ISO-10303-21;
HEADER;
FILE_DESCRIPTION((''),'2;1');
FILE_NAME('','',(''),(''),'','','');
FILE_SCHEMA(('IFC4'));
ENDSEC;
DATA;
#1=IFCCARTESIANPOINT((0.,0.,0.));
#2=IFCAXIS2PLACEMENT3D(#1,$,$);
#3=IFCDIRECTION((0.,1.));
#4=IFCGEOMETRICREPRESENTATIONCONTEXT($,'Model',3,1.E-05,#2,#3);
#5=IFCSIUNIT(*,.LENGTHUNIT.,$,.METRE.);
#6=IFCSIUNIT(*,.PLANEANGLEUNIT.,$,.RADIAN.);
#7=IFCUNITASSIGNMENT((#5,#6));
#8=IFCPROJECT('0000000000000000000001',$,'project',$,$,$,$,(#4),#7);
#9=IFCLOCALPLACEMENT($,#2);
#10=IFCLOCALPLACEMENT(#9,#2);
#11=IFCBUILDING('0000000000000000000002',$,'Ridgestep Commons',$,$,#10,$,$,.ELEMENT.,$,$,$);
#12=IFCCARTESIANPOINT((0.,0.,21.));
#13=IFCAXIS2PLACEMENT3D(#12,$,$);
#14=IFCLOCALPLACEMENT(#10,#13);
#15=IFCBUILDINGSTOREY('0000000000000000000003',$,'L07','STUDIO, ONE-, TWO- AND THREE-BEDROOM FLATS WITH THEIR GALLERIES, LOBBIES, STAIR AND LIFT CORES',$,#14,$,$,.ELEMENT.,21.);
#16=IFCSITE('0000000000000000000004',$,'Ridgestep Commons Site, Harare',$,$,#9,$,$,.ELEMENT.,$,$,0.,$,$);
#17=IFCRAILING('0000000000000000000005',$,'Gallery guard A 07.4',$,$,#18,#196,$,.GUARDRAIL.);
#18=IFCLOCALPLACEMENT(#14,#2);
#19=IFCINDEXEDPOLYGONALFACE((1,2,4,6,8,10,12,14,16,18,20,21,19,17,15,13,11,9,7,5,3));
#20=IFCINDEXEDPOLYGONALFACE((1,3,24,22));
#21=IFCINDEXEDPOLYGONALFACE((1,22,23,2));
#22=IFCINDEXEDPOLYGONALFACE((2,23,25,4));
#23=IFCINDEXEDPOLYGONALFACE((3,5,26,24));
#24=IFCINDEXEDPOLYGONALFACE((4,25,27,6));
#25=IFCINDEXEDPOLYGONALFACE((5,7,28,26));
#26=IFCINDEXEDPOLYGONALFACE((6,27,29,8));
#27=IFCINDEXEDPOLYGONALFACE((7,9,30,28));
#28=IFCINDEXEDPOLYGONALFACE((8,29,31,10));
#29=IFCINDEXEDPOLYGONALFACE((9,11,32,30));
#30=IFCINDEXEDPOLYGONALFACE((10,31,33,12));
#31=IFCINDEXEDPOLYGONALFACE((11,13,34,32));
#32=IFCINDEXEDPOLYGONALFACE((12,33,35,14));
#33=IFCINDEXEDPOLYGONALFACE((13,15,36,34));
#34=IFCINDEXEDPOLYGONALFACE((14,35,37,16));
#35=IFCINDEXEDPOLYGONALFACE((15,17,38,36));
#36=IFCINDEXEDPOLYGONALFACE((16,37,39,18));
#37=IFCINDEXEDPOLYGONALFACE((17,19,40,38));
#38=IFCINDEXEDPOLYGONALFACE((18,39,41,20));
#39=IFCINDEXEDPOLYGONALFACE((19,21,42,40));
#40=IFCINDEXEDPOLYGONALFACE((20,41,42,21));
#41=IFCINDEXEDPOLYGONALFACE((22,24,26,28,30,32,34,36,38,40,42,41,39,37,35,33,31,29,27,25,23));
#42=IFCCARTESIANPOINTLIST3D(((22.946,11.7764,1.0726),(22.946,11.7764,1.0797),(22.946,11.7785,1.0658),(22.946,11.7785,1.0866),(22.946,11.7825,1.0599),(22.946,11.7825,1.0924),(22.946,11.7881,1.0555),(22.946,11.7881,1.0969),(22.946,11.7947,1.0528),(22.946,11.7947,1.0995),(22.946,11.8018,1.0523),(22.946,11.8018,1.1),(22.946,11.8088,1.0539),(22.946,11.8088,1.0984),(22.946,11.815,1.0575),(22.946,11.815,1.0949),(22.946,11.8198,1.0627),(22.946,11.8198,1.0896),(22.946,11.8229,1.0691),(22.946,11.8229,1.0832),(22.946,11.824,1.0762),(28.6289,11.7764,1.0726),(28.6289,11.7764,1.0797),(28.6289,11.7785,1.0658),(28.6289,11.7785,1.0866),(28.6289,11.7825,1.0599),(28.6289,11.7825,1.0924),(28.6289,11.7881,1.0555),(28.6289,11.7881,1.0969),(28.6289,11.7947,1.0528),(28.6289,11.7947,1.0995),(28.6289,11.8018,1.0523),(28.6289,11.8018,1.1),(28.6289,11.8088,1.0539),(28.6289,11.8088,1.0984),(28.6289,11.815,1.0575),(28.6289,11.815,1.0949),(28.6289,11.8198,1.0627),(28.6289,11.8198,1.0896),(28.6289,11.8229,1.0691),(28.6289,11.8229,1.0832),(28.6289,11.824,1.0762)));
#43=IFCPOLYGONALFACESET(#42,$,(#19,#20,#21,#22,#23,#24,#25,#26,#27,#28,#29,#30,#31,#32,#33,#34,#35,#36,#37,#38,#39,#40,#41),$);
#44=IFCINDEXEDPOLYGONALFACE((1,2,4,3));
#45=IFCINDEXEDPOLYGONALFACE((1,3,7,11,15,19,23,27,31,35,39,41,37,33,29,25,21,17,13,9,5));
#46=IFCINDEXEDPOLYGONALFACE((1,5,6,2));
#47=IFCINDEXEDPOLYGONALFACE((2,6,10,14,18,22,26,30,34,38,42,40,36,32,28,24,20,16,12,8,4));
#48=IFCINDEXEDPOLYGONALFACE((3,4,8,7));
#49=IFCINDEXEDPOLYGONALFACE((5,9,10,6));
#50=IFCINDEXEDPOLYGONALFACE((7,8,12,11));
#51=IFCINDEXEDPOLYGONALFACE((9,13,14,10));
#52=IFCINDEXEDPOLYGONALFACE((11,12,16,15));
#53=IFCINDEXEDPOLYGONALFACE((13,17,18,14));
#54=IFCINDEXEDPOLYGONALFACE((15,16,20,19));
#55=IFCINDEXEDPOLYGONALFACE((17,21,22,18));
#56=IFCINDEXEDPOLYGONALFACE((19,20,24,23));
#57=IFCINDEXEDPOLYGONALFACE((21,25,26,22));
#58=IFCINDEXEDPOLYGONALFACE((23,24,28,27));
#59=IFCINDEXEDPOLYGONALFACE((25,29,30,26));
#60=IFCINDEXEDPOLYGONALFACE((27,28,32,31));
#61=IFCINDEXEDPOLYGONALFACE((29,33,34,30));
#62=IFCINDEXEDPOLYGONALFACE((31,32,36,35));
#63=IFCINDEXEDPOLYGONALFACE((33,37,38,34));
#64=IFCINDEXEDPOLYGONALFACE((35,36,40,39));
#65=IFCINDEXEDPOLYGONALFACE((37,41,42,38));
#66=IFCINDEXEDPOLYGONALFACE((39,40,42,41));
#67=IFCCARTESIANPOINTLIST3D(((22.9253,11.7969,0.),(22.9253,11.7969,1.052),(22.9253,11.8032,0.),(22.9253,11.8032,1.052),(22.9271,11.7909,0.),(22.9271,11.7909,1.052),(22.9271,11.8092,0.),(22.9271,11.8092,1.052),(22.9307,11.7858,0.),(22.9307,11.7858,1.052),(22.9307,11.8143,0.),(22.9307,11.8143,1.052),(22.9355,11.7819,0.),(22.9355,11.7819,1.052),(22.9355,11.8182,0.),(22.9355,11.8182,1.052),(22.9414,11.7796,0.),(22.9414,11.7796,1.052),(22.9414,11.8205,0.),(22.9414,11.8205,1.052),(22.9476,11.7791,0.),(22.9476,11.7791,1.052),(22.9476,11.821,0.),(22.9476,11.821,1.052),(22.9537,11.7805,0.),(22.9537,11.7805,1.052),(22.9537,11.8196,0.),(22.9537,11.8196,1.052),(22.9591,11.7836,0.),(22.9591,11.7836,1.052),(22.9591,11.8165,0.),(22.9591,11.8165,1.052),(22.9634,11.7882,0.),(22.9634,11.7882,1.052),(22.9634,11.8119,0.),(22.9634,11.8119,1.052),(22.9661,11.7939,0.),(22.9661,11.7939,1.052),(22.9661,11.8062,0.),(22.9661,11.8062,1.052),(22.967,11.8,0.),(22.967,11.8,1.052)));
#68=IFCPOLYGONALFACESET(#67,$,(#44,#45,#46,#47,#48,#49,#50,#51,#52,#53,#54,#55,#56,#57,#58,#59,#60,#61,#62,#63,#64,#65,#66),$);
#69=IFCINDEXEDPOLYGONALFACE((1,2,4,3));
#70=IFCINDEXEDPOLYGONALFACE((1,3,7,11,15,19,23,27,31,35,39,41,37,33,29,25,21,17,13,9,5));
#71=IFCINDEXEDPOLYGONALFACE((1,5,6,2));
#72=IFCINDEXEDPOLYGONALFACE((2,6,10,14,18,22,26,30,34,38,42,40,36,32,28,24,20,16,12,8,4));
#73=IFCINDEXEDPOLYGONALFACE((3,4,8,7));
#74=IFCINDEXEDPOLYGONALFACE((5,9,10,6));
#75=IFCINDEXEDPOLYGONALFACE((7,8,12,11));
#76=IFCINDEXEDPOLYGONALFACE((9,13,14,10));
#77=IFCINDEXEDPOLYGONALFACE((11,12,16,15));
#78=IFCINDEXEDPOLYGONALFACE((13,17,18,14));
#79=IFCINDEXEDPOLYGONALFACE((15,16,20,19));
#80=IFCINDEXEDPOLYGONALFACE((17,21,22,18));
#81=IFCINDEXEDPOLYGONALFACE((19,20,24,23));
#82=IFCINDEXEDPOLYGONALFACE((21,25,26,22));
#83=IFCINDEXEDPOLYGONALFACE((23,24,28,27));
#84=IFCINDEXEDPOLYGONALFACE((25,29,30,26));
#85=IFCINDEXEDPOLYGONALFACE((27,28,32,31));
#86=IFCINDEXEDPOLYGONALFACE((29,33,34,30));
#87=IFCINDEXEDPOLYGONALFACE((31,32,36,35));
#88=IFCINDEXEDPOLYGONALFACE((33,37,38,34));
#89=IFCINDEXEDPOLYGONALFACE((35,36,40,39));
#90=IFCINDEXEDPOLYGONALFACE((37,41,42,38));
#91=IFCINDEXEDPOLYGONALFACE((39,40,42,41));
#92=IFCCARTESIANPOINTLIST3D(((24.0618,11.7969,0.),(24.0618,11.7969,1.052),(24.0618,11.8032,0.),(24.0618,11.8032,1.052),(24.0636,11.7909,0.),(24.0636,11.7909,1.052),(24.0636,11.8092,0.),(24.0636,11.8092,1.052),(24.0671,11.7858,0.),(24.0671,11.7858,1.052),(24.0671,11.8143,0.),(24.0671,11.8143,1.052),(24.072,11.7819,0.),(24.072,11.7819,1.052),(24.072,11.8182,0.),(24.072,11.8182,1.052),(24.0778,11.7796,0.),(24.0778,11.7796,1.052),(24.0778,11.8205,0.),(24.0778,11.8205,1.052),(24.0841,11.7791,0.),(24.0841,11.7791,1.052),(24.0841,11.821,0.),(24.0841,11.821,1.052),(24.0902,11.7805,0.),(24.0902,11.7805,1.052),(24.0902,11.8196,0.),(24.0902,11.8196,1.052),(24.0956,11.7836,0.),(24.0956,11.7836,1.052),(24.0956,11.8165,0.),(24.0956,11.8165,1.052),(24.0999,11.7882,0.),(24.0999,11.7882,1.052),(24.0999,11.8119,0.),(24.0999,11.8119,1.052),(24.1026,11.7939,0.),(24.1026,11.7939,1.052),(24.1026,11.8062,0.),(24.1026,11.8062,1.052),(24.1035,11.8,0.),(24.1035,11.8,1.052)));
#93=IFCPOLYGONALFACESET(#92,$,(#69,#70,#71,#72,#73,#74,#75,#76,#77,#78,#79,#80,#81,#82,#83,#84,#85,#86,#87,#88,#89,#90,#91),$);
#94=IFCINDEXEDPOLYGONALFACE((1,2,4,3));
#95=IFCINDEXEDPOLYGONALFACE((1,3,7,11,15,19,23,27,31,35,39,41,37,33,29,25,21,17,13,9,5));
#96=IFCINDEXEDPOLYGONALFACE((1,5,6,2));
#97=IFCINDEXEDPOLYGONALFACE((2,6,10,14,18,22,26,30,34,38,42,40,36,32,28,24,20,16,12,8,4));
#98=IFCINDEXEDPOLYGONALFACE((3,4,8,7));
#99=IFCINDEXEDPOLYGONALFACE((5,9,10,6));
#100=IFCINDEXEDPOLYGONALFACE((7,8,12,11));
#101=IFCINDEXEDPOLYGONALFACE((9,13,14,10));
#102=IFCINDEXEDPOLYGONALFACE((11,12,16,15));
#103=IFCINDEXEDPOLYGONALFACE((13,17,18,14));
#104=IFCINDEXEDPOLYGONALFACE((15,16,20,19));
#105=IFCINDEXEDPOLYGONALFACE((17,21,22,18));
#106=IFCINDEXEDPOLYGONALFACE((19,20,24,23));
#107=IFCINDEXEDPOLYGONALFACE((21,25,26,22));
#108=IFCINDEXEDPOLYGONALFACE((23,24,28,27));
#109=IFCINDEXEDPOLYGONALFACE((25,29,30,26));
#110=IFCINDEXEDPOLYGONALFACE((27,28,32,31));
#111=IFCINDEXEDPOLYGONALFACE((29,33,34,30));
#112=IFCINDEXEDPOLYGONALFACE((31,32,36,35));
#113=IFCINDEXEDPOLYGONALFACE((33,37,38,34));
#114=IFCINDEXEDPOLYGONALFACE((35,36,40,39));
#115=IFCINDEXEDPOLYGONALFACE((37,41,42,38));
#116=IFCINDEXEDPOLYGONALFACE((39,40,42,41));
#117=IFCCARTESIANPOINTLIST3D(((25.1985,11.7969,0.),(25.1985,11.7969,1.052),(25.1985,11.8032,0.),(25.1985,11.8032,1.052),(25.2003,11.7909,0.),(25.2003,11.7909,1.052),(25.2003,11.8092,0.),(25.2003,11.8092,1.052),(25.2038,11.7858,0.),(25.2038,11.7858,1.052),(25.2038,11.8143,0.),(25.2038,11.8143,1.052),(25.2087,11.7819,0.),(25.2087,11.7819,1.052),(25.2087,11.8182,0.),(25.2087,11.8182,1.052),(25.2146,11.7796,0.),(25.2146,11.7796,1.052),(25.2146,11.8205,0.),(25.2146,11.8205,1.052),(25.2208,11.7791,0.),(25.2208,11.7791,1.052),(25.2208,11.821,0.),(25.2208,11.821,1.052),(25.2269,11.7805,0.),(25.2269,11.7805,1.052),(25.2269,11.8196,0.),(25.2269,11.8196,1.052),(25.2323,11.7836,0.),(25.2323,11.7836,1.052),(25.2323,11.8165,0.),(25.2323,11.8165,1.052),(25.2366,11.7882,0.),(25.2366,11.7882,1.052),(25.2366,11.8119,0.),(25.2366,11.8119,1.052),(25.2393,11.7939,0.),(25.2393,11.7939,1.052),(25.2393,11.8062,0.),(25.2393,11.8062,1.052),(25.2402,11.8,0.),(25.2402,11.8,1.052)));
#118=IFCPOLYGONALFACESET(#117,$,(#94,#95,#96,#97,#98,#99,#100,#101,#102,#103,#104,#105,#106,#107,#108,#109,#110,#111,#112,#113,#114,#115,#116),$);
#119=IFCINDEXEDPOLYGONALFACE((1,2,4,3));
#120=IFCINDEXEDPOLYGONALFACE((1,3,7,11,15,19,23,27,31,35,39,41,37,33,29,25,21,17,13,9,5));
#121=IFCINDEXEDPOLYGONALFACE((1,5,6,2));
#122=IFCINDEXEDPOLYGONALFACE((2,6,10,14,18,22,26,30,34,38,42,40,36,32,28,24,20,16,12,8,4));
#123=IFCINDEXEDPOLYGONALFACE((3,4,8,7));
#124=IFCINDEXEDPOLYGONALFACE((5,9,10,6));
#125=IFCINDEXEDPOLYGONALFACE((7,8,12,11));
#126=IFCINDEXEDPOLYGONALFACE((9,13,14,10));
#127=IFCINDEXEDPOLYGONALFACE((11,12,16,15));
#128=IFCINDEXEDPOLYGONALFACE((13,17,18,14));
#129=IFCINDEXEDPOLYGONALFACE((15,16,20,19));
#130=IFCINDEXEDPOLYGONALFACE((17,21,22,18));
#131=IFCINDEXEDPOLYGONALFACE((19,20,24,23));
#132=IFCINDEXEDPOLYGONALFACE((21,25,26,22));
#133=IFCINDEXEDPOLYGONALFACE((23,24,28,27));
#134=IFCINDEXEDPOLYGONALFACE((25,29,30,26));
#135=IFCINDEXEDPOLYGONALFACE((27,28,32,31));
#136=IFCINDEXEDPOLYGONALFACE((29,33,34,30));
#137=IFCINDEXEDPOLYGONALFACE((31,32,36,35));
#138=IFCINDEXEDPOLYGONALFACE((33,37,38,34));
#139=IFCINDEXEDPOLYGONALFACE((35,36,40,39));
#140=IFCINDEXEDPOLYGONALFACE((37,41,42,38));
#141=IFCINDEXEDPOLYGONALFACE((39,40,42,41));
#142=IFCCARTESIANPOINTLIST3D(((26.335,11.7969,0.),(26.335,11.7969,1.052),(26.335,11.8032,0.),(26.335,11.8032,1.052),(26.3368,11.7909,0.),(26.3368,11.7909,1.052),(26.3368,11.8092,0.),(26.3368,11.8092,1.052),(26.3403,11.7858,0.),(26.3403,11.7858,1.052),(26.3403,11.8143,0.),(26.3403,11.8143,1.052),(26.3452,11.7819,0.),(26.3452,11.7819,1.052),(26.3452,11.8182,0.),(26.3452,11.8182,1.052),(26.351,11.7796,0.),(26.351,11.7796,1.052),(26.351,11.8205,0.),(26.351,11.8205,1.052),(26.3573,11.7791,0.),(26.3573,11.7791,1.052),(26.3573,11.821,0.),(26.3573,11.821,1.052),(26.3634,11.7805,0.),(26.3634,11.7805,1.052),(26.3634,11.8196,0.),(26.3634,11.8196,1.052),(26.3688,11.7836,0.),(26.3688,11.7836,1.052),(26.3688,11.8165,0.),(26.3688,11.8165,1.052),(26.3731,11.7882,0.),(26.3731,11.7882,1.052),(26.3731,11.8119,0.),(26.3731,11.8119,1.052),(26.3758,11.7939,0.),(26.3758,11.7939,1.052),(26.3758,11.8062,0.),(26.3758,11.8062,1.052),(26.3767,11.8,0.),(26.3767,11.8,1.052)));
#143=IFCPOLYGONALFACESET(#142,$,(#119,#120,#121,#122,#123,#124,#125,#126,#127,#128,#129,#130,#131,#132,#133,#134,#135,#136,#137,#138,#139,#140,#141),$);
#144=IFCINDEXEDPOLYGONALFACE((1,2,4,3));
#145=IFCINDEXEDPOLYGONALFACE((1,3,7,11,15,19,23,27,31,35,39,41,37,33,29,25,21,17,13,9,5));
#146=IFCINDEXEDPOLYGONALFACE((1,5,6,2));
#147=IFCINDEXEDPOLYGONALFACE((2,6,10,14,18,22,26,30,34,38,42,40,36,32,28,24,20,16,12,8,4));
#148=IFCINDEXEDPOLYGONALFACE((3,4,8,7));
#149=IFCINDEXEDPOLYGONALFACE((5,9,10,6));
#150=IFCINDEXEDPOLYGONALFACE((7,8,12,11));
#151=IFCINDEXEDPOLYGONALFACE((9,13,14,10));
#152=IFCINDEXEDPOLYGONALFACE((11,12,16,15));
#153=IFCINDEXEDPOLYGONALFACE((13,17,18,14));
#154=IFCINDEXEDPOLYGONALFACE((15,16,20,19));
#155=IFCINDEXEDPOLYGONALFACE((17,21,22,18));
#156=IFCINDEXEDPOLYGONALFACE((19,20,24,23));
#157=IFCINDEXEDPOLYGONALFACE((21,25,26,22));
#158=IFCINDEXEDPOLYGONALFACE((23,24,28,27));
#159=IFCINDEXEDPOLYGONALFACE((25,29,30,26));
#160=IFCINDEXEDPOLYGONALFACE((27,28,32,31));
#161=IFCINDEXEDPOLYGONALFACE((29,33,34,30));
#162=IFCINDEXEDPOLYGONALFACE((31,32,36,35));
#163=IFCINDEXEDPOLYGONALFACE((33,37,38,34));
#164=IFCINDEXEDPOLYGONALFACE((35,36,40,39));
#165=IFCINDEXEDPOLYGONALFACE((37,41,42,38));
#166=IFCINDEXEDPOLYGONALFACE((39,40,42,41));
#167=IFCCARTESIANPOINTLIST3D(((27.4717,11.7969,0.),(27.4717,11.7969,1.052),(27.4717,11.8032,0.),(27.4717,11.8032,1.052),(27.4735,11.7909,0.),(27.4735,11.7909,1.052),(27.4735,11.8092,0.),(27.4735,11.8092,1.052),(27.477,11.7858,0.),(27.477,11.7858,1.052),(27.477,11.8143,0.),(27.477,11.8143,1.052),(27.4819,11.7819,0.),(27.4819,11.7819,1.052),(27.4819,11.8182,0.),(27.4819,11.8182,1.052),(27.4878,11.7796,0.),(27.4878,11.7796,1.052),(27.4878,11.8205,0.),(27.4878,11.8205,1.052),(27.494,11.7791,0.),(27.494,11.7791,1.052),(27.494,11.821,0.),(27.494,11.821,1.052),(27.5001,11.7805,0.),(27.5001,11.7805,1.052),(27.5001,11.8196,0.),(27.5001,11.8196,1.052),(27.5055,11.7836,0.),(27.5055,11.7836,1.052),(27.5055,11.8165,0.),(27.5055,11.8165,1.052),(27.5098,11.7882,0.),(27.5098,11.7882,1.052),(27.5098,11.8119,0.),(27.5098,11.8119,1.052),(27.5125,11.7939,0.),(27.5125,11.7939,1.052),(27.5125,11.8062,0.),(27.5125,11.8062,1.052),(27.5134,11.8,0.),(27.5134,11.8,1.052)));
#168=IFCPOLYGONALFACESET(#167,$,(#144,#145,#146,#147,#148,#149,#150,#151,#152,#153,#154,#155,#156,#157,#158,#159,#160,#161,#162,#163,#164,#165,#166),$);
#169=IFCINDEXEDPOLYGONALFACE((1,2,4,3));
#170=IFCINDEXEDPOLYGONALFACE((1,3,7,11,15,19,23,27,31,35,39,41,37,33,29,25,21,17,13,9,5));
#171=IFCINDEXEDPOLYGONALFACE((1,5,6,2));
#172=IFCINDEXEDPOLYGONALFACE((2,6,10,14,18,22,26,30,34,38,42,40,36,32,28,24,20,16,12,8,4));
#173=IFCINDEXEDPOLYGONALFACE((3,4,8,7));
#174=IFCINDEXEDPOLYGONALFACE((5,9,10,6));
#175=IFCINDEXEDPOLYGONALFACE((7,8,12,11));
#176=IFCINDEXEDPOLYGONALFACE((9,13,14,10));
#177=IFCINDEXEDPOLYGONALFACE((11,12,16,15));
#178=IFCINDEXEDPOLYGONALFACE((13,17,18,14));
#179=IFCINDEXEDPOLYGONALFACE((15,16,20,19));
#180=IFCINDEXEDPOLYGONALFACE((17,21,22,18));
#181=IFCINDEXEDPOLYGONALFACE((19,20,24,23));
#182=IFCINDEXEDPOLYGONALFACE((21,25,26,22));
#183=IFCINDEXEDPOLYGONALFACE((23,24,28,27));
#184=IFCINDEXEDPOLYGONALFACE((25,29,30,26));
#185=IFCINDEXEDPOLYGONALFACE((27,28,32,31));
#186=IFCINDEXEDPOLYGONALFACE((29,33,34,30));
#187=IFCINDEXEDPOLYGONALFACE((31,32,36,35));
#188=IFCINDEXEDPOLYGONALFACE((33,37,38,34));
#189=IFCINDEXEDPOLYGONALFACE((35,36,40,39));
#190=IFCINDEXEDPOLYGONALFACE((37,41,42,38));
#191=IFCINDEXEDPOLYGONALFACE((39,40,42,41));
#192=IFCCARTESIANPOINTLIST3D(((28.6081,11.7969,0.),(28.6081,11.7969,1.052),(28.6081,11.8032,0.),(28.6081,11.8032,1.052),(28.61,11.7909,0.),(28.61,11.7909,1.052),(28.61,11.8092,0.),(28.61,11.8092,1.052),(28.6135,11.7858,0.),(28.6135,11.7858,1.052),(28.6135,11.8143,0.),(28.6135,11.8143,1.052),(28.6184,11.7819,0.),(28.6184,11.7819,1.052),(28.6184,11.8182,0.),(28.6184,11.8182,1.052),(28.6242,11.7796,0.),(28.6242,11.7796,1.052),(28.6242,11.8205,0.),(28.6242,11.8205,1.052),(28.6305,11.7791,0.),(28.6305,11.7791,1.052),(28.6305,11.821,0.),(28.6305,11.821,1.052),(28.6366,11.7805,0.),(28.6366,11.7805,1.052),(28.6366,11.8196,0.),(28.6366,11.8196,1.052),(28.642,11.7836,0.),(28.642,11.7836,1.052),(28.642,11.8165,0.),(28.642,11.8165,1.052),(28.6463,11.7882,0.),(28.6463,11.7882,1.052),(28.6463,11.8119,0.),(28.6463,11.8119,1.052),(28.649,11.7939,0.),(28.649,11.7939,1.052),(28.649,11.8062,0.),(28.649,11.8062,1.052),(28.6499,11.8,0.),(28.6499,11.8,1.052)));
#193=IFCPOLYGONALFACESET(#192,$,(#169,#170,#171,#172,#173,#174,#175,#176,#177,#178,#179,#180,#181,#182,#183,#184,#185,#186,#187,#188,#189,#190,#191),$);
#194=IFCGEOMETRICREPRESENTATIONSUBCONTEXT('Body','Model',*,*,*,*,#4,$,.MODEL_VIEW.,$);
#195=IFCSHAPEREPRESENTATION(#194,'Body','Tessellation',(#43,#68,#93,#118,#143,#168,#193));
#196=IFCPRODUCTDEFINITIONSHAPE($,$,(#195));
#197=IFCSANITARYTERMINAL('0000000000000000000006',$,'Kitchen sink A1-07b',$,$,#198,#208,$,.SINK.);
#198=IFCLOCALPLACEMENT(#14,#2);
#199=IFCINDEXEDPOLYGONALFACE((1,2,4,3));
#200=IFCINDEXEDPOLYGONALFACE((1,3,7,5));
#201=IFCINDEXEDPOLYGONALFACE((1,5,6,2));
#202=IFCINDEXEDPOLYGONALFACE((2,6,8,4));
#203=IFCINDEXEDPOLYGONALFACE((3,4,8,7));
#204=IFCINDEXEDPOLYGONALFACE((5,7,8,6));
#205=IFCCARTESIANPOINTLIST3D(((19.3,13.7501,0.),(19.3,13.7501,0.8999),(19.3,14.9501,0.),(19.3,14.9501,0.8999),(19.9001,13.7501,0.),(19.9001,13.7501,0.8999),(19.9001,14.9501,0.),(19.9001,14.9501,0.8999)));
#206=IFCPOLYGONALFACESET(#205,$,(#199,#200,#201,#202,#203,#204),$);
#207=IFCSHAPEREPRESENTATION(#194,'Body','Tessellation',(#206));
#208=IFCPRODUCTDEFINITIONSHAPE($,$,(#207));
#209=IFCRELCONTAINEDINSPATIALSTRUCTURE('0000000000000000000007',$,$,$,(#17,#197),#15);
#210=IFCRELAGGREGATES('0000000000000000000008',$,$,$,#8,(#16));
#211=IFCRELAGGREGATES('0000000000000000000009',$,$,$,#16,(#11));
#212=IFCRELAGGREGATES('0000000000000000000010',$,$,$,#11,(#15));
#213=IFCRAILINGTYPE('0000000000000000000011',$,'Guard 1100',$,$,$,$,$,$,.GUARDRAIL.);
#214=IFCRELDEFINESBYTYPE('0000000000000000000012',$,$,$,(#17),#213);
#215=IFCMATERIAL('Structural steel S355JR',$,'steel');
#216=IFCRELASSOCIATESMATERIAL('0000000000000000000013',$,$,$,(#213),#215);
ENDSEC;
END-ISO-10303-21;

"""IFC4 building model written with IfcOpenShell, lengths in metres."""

from ifc_helpers import new_model, si_unit, direction, frame, origin, origin_2d, place, context, subcontext, project, spatial, rectangle, circle, extrude, material, type_object, element, save


model = new_model("IFC4")

# Units and contexts
model_context = context("Model", 3, precision=1e-05, world=origin(), true_north=direction((0.0, 1.0)))
body_context = subcontext(model_context, "Body", "Model", "MODEL_VIEW")
ifc_project = project(units=[si_unit("LENGTHUNIT", "METRE"), si_unit("PLANEANGLEUNIT", "RADIAN")], contexts=[model_context])

# Site, building, storey
site_placement = place(None, origin())
site = spatial("IfcSite", under=ifc_project, at=site_placement, Name="Ridgestep Commons Site, Harare", CompositionType="ELEMENT", RefElevation=0.0)
building_placement = place(site_placement, origin())
building = spatial("IfcBuilding", under=site, at=building_placement, Name="Ridgestep Commons", CompositionType="ELEMENT")
storey_placement = place(building_placement, frame((0.0, 0.0, 21.0)))
storey = spatial("IfcBuildingStorey", under=building, at=storey_placement, Name="L07", Description="STUDIO, ONE-, TWO- AND THREE-BEDROOM FLATS WITH THEIR GALLERIES, LOBBIES, STAIR AND LIFT CORES", CompositionType="ELEMENT", Elevation=21.0)

# Railing
ifc_material_1 = material(Name="Structural steel S355JR", Category="steel")
railing_type = type_object("IfcRailingType", Name="Guard 1100", PredefinedType="GUARDRAIL", material=ifc_material_1)
railing_1_placement = place(storey_placement, frame((22.946, 11.8, 0.0)))
element("IfcRailing", 1, at=railing_1_placement, inside=storey, type_object=railing_type, Name="Gallery guard A 07.4", PredefinedType="GUARDRAIL", context=body_context, shape_type="SweptSolid", body=[
    extrude(circle(Radius=0.0239, at=origin_2d()), frame((0.0, 0.0, 1.0762), z_axis=(1.0, 0.0, 0.0), x_axis=(0.0, 1.0, 0.0)), (0.0, 0.0, 1.0), 5.6829),
    extrude(circle(Radius=0.021, at=origin_2d()), origin(), (0.0, 0.0, 1.0), 1.052),
    extrude(circle(Radius=0.021, at=origin_2d()), frame((1.1365, 0.0, 0.0)), (0.0, 0.0, 1.0), 1.052),
    extrude(circle(Radius=0.021, at=origin_2d()), frame((2.2732, 0.0, 0.0)), (0.0, 0.0, 1.0), 1.052),
    extrude(circle(Radius=0.021, at=origin_2d()), frame((3.4097, 0.0, 0.0)), (0.0, 0.0, 1.0), 1.052),
    extrude(circle(Radius=0.021, at=origin_2d()), frame((4.5464, 0.0, 0.0)), (0.0, 0.0, 1.0), 1.052),
    extrude(circle(Radius=0.021, at=origin_2d()), frame((5.6829, 0.0, 0.0)), (0.0, 0.0, 1.0), 1.052),
])

# Sanitary terminal
sanitary_terminal_placement = place(storey_placement, frame((19.6001, 14.3501, 0.0), z_axis=(0.0, 0.0, 1.0), x_axis=(1.0, 0.0, 0.0)))
element("IfcSanitaryTerminal", 2, at=sanitary_terminal_placement, inside=storey, Name="Kitchen sink A1-07b", PredefinedType="SINK", context=body_context, shape_type="SweptSolid", body=[
    extrude(rectangle(XDim=0.6001, YDim=1.2, at=origin_2d()), origin(), (0.0, 0.0, 1.0), 0.8999),
])

save(model, "model.ifc")
